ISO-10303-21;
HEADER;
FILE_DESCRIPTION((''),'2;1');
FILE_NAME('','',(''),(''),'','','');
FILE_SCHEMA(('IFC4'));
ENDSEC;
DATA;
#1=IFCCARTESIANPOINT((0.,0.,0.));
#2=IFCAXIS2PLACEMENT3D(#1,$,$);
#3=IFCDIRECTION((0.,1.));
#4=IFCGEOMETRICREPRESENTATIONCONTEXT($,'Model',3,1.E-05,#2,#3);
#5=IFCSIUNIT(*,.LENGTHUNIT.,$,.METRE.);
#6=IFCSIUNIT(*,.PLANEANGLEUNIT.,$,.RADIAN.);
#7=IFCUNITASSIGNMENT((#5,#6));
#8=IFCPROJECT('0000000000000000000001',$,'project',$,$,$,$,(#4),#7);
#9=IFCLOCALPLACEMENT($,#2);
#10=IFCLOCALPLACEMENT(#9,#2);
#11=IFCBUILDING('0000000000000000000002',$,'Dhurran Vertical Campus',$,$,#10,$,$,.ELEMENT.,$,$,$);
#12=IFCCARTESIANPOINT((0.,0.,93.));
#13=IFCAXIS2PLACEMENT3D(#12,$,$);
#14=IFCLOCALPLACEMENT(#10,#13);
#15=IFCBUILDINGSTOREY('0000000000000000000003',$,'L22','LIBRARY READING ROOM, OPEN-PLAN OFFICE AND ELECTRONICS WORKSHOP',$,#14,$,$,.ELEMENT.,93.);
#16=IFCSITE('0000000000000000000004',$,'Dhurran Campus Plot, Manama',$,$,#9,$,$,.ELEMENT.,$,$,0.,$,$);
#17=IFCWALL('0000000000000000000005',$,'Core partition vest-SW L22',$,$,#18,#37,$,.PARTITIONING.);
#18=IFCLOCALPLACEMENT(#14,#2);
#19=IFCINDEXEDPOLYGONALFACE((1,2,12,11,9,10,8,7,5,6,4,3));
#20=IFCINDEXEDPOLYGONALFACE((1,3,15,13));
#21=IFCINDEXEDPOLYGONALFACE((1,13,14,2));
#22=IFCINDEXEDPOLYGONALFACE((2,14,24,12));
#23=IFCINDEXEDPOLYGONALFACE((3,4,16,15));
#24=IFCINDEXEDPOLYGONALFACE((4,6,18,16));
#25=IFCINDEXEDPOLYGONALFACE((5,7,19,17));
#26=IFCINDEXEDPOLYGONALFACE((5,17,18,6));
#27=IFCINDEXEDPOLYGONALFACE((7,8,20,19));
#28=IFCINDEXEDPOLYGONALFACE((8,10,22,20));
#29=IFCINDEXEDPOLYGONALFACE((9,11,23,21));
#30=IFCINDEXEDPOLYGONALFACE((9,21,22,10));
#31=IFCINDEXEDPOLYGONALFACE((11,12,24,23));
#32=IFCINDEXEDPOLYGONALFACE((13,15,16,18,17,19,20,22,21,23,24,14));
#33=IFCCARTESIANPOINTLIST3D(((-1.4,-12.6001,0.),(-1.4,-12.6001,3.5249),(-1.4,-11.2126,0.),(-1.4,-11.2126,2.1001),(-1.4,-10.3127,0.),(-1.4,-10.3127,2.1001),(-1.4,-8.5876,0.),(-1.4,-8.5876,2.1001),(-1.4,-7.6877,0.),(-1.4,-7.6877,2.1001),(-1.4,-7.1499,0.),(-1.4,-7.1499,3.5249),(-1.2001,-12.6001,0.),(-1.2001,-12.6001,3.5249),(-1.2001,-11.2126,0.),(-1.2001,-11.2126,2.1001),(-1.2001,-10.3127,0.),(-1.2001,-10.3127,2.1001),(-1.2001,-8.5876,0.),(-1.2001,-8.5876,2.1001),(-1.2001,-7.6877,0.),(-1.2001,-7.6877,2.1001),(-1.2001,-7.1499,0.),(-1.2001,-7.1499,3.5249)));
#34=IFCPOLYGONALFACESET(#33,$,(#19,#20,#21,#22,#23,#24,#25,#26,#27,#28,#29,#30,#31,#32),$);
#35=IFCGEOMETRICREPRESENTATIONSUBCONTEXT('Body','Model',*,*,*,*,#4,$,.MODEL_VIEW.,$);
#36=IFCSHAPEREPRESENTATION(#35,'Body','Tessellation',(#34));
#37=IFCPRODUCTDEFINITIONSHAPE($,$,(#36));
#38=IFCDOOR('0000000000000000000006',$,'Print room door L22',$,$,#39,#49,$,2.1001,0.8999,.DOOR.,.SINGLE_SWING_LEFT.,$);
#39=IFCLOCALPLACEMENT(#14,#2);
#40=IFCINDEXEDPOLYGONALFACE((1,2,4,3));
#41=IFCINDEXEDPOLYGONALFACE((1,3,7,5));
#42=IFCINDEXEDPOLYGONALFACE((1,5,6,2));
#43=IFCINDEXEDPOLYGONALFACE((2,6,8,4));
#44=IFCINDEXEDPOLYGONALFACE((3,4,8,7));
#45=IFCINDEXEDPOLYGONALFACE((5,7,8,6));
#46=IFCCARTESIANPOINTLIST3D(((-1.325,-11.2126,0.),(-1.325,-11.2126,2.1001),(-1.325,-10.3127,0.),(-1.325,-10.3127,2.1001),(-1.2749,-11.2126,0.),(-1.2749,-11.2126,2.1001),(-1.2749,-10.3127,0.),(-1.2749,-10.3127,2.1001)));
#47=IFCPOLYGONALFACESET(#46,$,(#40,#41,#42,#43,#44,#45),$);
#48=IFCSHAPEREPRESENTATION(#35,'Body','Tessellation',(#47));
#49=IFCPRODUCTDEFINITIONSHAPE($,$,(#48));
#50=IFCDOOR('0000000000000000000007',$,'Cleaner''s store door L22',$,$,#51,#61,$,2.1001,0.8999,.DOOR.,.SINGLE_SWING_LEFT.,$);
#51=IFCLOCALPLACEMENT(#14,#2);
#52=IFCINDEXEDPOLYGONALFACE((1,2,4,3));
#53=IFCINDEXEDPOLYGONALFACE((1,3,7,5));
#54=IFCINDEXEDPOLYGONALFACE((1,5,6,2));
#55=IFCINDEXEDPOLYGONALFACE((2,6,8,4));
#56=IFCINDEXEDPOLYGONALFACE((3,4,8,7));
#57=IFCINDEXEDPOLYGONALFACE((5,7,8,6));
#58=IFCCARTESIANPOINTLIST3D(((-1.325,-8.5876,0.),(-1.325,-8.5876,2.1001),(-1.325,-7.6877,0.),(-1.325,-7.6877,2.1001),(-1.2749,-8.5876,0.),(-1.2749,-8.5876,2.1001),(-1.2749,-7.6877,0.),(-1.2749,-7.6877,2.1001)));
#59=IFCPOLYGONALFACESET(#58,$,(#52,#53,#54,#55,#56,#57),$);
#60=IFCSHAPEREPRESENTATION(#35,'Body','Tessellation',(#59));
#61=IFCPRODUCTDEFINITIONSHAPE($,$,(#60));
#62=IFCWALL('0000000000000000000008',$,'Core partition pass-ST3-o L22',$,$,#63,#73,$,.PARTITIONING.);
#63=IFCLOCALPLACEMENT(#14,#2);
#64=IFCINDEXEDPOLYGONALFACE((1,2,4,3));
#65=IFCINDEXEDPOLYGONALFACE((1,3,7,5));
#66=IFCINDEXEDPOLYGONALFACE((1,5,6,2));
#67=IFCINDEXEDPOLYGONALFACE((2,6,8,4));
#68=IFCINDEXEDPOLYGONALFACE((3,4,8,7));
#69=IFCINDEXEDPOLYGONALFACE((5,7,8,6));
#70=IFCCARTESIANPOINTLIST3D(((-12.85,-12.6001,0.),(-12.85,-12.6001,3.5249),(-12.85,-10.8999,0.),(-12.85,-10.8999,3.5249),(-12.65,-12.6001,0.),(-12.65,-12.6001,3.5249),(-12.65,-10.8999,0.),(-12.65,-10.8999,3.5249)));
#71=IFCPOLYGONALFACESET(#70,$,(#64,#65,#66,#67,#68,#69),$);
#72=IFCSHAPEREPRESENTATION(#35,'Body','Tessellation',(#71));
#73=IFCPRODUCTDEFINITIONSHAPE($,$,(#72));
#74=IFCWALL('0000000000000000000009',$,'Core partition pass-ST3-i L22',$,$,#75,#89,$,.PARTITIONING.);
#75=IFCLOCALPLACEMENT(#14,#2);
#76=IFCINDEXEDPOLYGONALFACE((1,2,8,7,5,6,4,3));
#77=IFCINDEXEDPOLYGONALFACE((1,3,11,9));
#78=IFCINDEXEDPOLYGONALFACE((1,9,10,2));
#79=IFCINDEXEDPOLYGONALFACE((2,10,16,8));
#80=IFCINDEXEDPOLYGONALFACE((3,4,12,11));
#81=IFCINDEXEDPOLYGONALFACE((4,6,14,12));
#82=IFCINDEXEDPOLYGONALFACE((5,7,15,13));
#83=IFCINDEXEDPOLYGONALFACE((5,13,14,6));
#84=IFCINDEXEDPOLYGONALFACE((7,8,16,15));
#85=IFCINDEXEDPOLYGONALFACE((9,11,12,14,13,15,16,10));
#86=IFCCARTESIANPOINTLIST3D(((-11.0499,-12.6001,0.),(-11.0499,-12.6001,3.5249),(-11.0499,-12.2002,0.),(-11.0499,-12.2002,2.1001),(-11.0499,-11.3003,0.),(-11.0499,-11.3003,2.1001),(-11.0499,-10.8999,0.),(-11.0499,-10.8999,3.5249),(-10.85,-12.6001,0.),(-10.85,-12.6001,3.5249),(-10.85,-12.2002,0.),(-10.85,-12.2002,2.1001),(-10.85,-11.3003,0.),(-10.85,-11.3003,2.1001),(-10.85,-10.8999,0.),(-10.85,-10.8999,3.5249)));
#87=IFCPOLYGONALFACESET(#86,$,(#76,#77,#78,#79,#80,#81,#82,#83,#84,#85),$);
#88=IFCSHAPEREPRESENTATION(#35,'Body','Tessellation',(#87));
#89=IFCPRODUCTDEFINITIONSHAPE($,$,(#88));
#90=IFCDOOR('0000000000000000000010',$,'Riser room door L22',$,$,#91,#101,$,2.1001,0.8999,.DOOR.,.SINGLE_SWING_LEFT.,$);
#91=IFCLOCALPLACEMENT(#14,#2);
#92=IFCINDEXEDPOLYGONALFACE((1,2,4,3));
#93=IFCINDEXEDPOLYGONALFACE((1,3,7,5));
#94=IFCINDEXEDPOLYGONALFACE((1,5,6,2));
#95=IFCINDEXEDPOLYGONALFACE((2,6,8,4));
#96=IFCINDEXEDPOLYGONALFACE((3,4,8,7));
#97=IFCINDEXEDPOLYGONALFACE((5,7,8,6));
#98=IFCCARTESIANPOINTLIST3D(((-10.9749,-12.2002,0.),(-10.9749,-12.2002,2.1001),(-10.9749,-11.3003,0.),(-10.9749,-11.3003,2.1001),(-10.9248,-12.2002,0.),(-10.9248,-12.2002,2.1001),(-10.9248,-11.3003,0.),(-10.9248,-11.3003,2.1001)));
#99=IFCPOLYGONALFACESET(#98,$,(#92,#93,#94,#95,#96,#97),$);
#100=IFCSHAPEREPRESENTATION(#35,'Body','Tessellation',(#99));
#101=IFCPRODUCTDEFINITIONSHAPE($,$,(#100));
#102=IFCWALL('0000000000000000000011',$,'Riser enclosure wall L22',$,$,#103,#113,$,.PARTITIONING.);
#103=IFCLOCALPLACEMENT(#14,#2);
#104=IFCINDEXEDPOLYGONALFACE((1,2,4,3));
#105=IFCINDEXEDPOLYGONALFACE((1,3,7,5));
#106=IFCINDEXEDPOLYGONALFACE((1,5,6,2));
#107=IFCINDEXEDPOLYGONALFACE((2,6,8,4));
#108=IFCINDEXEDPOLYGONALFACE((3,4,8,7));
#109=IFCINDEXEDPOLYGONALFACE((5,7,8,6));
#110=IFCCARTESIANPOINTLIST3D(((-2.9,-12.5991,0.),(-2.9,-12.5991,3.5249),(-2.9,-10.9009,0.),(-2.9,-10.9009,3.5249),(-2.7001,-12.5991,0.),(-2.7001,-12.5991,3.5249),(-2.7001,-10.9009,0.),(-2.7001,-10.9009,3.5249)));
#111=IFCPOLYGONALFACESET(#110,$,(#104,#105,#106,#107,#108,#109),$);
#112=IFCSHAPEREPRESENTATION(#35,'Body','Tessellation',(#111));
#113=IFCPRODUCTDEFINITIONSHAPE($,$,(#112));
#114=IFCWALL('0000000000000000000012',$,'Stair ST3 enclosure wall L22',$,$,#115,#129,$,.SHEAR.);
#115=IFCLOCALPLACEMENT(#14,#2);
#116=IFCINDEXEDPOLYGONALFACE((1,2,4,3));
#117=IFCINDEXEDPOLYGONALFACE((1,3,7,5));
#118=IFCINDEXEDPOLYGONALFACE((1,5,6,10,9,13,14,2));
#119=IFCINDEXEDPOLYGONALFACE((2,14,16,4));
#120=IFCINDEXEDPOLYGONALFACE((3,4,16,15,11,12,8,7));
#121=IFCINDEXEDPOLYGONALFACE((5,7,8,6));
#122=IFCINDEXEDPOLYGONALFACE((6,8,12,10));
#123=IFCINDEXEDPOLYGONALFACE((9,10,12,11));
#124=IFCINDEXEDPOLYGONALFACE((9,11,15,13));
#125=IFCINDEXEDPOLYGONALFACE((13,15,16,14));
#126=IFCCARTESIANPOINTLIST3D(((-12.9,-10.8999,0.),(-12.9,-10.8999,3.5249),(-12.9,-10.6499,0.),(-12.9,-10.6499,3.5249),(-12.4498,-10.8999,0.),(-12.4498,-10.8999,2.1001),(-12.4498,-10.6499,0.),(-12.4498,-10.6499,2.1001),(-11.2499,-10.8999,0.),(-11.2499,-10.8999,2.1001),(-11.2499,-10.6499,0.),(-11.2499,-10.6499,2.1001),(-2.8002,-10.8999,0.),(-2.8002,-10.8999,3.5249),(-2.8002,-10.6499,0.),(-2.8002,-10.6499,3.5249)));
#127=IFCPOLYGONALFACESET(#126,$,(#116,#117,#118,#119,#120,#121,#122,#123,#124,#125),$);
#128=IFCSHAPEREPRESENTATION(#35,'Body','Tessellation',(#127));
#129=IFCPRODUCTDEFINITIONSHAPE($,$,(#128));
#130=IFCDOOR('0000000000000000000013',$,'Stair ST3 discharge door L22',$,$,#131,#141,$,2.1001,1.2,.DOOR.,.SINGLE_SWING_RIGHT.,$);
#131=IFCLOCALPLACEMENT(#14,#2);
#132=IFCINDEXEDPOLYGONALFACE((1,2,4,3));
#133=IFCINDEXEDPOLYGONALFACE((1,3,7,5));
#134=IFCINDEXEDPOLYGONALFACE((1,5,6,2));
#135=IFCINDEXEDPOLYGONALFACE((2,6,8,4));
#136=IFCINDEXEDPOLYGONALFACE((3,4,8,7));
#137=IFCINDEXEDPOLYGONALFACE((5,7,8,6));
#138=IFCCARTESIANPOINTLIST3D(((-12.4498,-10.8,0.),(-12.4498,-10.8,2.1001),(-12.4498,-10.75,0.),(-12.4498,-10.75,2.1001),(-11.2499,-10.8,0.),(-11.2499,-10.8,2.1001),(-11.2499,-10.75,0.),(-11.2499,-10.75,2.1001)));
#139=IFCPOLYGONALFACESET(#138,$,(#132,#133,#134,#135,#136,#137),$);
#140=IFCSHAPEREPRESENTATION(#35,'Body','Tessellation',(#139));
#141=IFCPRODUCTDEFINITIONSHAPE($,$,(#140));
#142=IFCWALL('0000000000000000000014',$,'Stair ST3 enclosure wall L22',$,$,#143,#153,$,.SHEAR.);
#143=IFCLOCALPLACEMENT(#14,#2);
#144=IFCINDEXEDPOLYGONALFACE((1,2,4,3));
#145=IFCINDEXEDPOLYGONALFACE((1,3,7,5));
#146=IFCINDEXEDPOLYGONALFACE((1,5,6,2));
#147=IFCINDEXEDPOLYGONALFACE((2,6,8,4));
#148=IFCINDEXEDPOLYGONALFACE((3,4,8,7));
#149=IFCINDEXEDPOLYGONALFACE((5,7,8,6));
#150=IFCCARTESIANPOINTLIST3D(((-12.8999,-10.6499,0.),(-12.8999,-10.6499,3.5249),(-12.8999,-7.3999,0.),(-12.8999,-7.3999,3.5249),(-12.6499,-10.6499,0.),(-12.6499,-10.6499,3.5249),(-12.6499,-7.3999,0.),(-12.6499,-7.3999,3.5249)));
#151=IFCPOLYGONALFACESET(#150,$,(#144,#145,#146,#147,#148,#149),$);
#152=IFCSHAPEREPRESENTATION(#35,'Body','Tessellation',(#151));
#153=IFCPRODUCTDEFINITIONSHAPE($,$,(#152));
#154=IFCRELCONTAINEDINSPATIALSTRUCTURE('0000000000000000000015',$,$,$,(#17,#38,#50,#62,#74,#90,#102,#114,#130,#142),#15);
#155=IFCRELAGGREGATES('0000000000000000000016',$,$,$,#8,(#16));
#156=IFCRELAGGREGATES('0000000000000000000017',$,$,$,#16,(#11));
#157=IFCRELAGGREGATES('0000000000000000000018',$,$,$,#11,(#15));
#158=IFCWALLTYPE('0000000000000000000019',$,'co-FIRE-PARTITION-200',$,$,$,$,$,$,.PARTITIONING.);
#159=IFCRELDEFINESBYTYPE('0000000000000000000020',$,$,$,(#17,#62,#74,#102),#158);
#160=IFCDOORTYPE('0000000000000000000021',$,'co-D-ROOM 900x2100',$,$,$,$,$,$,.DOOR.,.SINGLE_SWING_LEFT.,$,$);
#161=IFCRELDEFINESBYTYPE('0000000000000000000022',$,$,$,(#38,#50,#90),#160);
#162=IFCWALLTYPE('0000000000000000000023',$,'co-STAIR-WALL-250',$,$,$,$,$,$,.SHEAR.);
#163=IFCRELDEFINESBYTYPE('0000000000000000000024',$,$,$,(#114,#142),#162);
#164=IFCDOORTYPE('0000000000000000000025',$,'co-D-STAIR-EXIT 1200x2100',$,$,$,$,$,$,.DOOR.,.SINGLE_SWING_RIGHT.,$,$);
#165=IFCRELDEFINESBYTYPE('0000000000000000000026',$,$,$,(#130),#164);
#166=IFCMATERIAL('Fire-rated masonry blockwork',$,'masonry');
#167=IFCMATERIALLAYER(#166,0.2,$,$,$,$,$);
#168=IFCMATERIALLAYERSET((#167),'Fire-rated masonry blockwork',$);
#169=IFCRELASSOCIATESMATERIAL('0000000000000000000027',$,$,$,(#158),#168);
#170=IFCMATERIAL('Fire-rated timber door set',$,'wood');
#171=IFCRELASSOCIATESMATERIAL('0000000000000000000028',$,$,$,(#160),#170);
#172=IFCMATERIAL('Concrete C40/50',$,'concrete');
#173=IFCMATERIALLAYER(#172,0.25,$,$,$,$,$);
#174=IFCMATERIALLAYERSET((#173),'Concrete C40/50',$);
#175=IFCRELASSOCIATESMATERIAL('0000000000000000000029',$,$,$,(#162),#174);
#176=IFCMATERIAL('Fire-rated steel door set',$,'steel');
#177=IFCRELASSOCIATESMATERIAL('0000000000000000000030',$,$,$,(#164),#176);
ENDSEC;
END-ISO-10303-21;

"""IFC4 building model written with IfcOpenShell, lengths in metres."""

from ifc_helpers import new_model, si_unit, direction, frame, frame_2d, origin, place, context, subcontext, project, spatial, rectangle, extrude, material, layer, layer_set, type_object, element, fill, save


model = new_model("IFC4")

# Units and contexts
model_context = context("Model", 3, precision=1e-05, world=origin(), true_north=direction((0.0, 1.0)))
body_context = subcontext(model_context, "Body", "Model", "MODEL_VIEW")
ifc_project = project(units=[si_unit("LENGTHUNIT", "METRE"), si_unit("PLANEANGLEUNIT", "RADIAN")], contexts=[model_context])

# Site, building, storey
site_placement = place(None, origin())
site = spatial("IfcSite", under=ifc_project, at=site_placement, Name="Dhurran Campus Plot, Manama", CompositionType="ELEMENT", RefElevation=0.0)
building_placement = place(site_placement, origin())
building = spatial("IfcBuilding", under=site, at=building_placement, Name="Dhurran Vertical Campus", CompositionType="ELEMENT")
storey_placement = place(building_placement, frame((0.0, 0.0, 93.0)))
storey = spatial("IfcBuildingStorey", under=building, at=storey_placement, Name="L22", Description="LIBRARY READING ROOM, OPEN-PLAN OFFICE AND ELECTRONICS WORKSHOP", CompositionType="ELEMENT", Elevation=93.0)

# Wall, openings, doors
ifc_material_1 = material(Name="Fire-rated masonry blockwork", Category="masonry")
ifc_layer_1 = layer(ifc_material_1, 0.2)
ifc_layer_set_1 = layer_set([ifc_layer_1], Name="Fire-rated masonry blockwork")
wall_type_1 = type_object("IfcWallType", Name="co-FIRE-PARTITION-200", PredefinedType="PARTITIONING", material=ifc_layer_set_1)
wall_1_placement = place(storey_placement, frame((-1.3, -12.6001, 0.0), z_axis=(0.0, 0.0, 1.0), x_axis=(0.0, 1.0, 0.0)))
wall_1 = element("IfcWall", 1, at=wall_1_placement, inside=storey, type_object=wall_type_1, Name="Core partition vest-SW L22", PredefinedType="PARTITIONING", context=body_context, shape_type="SweptSolid", body=[
    extrude(rectangle(XDim=5.4502, YDim=0.2, at=frame_2d((2.7251, 0.0))), origin(), (0.0, 0.0, 1.0), 3.5249),
])
opening_1_placement = place(wall_1_placement, frame((1.3875, 0.0, 0.0)))
opening_1 = element("IfcOpeningElement", 2, at=opening_1_placement, cuts=wall_1, PredefinedType="OPENING", context=body_context, shape_type="SweptSolid", body=[
    extrude(rectangle(XDim=0.8999, YDim=2.1001, at=frame_2d((0.45, 1.05))), frame((0.0, 0.1099, 0.0), z_axis=(0.0, -1.0, 0.0), x_axis=(1.0, 0.0, 0.0)), (0.0, 0.0, 1.0), 0.22),
])
opening_2_placement = place(wall_1_placement, frame((4.0125, 0.0, 0.0)))
opening_2 = element("IfcOpeningElement", 3, at=opening_2_placement, cuts=wall_1, PredefinedType="OPENING", context=body_context, shape_type="SweptSolid", body=[
    extrude(rectangle(XDim=0.8999, YDim=2.1001, at=frame_2d((0.45, 1.05))), frame((0.0, 0.1099, 0.0), z_axis=(0.0, -1.0, 0.0), x_axis=(1.0, 0.0, 0.0)), (0.0, 0.0, 1.0), 0.22),
])
ifc_material_2 = material(Name="Fire-rated timber door set", Category="wood")
door_type_1 = type_object("IfcDoorType", Name="co-D-ROOM 900x2100", OperationType="SINGLE_SWING_LEFT", PredefinedType="DOOR", material=ifc_material_2)
door_1_placement = place(opening_1_placement, origin())
door_1 = element("IfcDoor", 4, at=door_1_placement, inside=storey, type_object=door_type_1, Name="Print room door L22", OperationType="SINGLE_SWING_LEFT", OverallHeight=2.1001, OverallWidth=0.8999, PredefinedType="DOOR", context=body_context, shape_type="SweptSolid", body=[
    extrude(rectangle(XDim=0.8999, YDim=2.1001, at=frame_2d((0.45, 1.05))), frame((0.0, 0.0249, 0.0), z_axis=(0.0, -1.0, 0.0), x_axis=(1.0, 0.0, 0.0)), (0.0, 0.0, 1.0), 0.05),
])
fill(opening_1, door_1)
door_2_placement = place(opening_2_placement, origin())
door_2 = element("IfcDoor", 5, at=door_2_placement, inside=storey, type_object=door_type_1, Name="Cleaner's store door L22", OperationType="SINGLE_SWING_LEFT", OverallHeight=2.1001, OverallWidth=0.8999, PredefinedType="DOOR", context=body_context, shape_type="SweptSolid", body=[
    extrude(rectangle(XDim=0.8999, YDim=2.1001, at=frame_2d((0.45, 1.05))), frame((0.0, 0.0249, 0.0), z_axis=(0.0, -1.0, 0.0), x_axis=(1.0, 0.0, 0.0)), (0.0, 0.0, 1.0), 0.05),
])
fill(opening_2, door_2)

# Wall
wall_2_placement = place(storey_placement, frame((-12.75, -12.6001, 0.0), z_axis=(0.0, 0.0, 1.0), x_axis=(0.0, 1.0, 0.0)))
element("IfcWall", 6, at=wall_2_placement, inside=storey, type_object=wall_type_1, Name="Core partition pass-ST3-o L22", PredefinedType="PARTITIONING", context=body_context, shape_type="SweptSolid", body=[
    extrude(rectangle(XDim=1.7002, YDim=0.2, at=frame_2d((0.8501, 0.0))), origin(), (0.0, 0.0, 1.0), 3.5249),
])

# Wall, opening, door
wall_3_placement = place(storey_placement, frame((-10.95, -12.6001, 0.0), z_axis=(0.0, 0.0, 1.0), x_axis=(0.0, 1.0, 0.0)))
wall_3 = element("IfcWall", 7, at=wall_3_placement, inside=storey, type_object=wall_type_1, Name="Core partition pass-ST3-i L22", PredefinedType="PARTITIONING", context=body_context, shape_type="SweptSolid", body=[
    extrude(rectangle(XDim=1.7002, YDim=0.2, at=frame_2d((0.8501, 0.0))), origin(), (0.0, 0.0, 1.0), 3.5249),
])
opening_3_placement = place(wall_3_placement, frame((0.3999, 0.0, 0.0)))
opening_3 = element("IfcOpeningElement", 8, at=opening_3_placement, cuts=wall_3, PredefinedType="OPENING", context=body_context, shape_type="SweptSolid", body=[
    extrude(rectangle(XDim=0.8999, YDim=2.1001, at=frame_2d((0.45, 1.05))), frame((0.0, 0.1099, 0.0), z_axis=(0.0, -1.0, 0.0), x_axis=(1.0, 0.0, 0.0)), (0.0, 0.0, 1.0), 0.22),
])
door_3_placement = place(opening_3_placement, origin())
door_3 = element("IfcDoor", 9, at=door_3_placement, inside=storey, type_object=door_type_1, Name="Riser room door L22", OperationType="SINGLE_SWING_LEFT", OverallHeight=2.1001, OverallWidth=0.8999, PredefinedType="DOOR", context=body_context, shape_type="SweptSolid", body=[
    extrude(rectangle(XDim=0.8999, YDim=2.1001, at=frame_2d((0.45, 1.05))), frame((0.0, 0.0249, 0.0), z_axis=(0.0, -1.0, 0.0), x_axis=(1.0, 0.0, 0.0)), (0.0, 0.0, 1.0), 0.05),
])
fill(opening_3, door_3)

# Wall
wall_4_placement = place(storey_placement, frame((-2.8, -12.5991, 0.0), z_axis=(0.0, 0.0, 1.0), x_axis=(0.0, 1.0, 0.0)))
element("IfcWall", 10, at=wall_4_placement, inside=storey, type_object=wall_type_1, Name="Riser enclosure wall L22", PredefinedType="PARTITIONING", context=body_context, shape_type="SweptSolid", body=[
    extrude(rectangle(XDim=1.6982, YDim=0.2, at=frame_2d((0.8491, 0.0))), origin(), (0.0, 0.0, 1.0), 3.5249),
])

# Wall, opening, door
ifc_material_3 = material(Name="Concrete C40/50", Category="concrete")
ifc_layer_2 = layer(ifc_material_3, 0.25)
ifc_layer_set_2 = layer_set([ifc_layer_2], Name="Concrete C40/50")
wall_type_2 = type_object("IfcWallType", Name="co-STAIR-WALL-250", PredefinedType="SHEAR", material=ifc_layer_set_2)
wall_5_placement = place(storey_placement, frame((-12.8999, -10.7749, 0.0), z_axis=(0.0, 0.0, 1.0), x_axis=(1.0, 0.0, 0.0)))
wall_5 = element("IfcWall", 11, at=wall_5_placement, inside=storey, type_object=wall_type_2, Name="Stair ST3 enclosure wall L22", PredefinedType="SHEAR", context=body_context, shape_type="SweptSolid", body=[
    extrude(rectangle(XDim=10.0999, YDim=0.25, at=frame_2d((5.0498, 0.0))), origin(), (0.0, 0.0, 1.0), 3.5249),
])
opening_4_placement = place(wall_5_placement, frame((0.45, 0.0, 0.0)))
opening_4 = element("IfcOpeningElement", 12, at=opening_4_placement, cuts=wall_5, PredefinedType="OPENING", context=body_context, shape_type="SweptSolid", body=[
    extrude(rectangle(XDim=1.2, YDim=2.1001, at=frame_2d((0.6001, 1.05))), frame((0.0, 0.135, 0.0), z_axis=(0.0, -1.0, 0.0), x_axis=(1.0, 0.0, 0.0)), (0.0, 0.0, 1.0), 0.27),
])
ifc_material_4 = material(Name="Fire-rated steel door set", Category="steel")
door_type_2 = type_object("IfcDoorType", Name="co-D-STAIR-EXIT 1200x2100", OperationType="SINGLE_SWING_RIGHT", PredefinedType="DOOR", material=ifc_material_4)
door_4_placement = place(opening_4_placement, origin())
door_4 = element("IfcDoor", 13, at=door_4_placement, inside=storey, type_object=door_type_2, Name="Stair ST3 discharge door L22", OperationType="SINGLE_SWING_RIGHT", OverallHeight=2.1001, OverallWidth=1.2, PredefinedType="DOOR", context=body_context, shape_type="SweptSolid", body=[
    extrude(rectangle(XDim=1.2, YDim=2.1001, at=frame_2d((0.6001, 1.05))), frame((0.0, 0.0249, 0.0), z_axis=(0.0, -1.0, 0.0), x_axis=(1.0, 0.0, 0.0)), (0.0, 0.0, 1.0), 0.05),
])
fill(opening_4, door_4)

# Wall
wall_6_placement = place(storey_placement, frame((-12.7749, -10.6499, 0.0), z_axis=(0.0, 0.0, 1.0), x_axis=(0.0, 1.0, 0.0)))
element("IfcWall", 14, at=wall_6_placement, inside=storey, type_object=wall_type_2, Name="Stair ST3 enclosure wall L22", PredefinedType="SHEAR", context=body_context, shape_type="SweptSolid", body=[
    extrude(rectangle(XDim=3.25, YDim=0.25, at=frame_2d((1.625, 0.0))), origin(), (0.0, 0.0, 1.0), 3.5249),
])

save(model, "model.ifc")
